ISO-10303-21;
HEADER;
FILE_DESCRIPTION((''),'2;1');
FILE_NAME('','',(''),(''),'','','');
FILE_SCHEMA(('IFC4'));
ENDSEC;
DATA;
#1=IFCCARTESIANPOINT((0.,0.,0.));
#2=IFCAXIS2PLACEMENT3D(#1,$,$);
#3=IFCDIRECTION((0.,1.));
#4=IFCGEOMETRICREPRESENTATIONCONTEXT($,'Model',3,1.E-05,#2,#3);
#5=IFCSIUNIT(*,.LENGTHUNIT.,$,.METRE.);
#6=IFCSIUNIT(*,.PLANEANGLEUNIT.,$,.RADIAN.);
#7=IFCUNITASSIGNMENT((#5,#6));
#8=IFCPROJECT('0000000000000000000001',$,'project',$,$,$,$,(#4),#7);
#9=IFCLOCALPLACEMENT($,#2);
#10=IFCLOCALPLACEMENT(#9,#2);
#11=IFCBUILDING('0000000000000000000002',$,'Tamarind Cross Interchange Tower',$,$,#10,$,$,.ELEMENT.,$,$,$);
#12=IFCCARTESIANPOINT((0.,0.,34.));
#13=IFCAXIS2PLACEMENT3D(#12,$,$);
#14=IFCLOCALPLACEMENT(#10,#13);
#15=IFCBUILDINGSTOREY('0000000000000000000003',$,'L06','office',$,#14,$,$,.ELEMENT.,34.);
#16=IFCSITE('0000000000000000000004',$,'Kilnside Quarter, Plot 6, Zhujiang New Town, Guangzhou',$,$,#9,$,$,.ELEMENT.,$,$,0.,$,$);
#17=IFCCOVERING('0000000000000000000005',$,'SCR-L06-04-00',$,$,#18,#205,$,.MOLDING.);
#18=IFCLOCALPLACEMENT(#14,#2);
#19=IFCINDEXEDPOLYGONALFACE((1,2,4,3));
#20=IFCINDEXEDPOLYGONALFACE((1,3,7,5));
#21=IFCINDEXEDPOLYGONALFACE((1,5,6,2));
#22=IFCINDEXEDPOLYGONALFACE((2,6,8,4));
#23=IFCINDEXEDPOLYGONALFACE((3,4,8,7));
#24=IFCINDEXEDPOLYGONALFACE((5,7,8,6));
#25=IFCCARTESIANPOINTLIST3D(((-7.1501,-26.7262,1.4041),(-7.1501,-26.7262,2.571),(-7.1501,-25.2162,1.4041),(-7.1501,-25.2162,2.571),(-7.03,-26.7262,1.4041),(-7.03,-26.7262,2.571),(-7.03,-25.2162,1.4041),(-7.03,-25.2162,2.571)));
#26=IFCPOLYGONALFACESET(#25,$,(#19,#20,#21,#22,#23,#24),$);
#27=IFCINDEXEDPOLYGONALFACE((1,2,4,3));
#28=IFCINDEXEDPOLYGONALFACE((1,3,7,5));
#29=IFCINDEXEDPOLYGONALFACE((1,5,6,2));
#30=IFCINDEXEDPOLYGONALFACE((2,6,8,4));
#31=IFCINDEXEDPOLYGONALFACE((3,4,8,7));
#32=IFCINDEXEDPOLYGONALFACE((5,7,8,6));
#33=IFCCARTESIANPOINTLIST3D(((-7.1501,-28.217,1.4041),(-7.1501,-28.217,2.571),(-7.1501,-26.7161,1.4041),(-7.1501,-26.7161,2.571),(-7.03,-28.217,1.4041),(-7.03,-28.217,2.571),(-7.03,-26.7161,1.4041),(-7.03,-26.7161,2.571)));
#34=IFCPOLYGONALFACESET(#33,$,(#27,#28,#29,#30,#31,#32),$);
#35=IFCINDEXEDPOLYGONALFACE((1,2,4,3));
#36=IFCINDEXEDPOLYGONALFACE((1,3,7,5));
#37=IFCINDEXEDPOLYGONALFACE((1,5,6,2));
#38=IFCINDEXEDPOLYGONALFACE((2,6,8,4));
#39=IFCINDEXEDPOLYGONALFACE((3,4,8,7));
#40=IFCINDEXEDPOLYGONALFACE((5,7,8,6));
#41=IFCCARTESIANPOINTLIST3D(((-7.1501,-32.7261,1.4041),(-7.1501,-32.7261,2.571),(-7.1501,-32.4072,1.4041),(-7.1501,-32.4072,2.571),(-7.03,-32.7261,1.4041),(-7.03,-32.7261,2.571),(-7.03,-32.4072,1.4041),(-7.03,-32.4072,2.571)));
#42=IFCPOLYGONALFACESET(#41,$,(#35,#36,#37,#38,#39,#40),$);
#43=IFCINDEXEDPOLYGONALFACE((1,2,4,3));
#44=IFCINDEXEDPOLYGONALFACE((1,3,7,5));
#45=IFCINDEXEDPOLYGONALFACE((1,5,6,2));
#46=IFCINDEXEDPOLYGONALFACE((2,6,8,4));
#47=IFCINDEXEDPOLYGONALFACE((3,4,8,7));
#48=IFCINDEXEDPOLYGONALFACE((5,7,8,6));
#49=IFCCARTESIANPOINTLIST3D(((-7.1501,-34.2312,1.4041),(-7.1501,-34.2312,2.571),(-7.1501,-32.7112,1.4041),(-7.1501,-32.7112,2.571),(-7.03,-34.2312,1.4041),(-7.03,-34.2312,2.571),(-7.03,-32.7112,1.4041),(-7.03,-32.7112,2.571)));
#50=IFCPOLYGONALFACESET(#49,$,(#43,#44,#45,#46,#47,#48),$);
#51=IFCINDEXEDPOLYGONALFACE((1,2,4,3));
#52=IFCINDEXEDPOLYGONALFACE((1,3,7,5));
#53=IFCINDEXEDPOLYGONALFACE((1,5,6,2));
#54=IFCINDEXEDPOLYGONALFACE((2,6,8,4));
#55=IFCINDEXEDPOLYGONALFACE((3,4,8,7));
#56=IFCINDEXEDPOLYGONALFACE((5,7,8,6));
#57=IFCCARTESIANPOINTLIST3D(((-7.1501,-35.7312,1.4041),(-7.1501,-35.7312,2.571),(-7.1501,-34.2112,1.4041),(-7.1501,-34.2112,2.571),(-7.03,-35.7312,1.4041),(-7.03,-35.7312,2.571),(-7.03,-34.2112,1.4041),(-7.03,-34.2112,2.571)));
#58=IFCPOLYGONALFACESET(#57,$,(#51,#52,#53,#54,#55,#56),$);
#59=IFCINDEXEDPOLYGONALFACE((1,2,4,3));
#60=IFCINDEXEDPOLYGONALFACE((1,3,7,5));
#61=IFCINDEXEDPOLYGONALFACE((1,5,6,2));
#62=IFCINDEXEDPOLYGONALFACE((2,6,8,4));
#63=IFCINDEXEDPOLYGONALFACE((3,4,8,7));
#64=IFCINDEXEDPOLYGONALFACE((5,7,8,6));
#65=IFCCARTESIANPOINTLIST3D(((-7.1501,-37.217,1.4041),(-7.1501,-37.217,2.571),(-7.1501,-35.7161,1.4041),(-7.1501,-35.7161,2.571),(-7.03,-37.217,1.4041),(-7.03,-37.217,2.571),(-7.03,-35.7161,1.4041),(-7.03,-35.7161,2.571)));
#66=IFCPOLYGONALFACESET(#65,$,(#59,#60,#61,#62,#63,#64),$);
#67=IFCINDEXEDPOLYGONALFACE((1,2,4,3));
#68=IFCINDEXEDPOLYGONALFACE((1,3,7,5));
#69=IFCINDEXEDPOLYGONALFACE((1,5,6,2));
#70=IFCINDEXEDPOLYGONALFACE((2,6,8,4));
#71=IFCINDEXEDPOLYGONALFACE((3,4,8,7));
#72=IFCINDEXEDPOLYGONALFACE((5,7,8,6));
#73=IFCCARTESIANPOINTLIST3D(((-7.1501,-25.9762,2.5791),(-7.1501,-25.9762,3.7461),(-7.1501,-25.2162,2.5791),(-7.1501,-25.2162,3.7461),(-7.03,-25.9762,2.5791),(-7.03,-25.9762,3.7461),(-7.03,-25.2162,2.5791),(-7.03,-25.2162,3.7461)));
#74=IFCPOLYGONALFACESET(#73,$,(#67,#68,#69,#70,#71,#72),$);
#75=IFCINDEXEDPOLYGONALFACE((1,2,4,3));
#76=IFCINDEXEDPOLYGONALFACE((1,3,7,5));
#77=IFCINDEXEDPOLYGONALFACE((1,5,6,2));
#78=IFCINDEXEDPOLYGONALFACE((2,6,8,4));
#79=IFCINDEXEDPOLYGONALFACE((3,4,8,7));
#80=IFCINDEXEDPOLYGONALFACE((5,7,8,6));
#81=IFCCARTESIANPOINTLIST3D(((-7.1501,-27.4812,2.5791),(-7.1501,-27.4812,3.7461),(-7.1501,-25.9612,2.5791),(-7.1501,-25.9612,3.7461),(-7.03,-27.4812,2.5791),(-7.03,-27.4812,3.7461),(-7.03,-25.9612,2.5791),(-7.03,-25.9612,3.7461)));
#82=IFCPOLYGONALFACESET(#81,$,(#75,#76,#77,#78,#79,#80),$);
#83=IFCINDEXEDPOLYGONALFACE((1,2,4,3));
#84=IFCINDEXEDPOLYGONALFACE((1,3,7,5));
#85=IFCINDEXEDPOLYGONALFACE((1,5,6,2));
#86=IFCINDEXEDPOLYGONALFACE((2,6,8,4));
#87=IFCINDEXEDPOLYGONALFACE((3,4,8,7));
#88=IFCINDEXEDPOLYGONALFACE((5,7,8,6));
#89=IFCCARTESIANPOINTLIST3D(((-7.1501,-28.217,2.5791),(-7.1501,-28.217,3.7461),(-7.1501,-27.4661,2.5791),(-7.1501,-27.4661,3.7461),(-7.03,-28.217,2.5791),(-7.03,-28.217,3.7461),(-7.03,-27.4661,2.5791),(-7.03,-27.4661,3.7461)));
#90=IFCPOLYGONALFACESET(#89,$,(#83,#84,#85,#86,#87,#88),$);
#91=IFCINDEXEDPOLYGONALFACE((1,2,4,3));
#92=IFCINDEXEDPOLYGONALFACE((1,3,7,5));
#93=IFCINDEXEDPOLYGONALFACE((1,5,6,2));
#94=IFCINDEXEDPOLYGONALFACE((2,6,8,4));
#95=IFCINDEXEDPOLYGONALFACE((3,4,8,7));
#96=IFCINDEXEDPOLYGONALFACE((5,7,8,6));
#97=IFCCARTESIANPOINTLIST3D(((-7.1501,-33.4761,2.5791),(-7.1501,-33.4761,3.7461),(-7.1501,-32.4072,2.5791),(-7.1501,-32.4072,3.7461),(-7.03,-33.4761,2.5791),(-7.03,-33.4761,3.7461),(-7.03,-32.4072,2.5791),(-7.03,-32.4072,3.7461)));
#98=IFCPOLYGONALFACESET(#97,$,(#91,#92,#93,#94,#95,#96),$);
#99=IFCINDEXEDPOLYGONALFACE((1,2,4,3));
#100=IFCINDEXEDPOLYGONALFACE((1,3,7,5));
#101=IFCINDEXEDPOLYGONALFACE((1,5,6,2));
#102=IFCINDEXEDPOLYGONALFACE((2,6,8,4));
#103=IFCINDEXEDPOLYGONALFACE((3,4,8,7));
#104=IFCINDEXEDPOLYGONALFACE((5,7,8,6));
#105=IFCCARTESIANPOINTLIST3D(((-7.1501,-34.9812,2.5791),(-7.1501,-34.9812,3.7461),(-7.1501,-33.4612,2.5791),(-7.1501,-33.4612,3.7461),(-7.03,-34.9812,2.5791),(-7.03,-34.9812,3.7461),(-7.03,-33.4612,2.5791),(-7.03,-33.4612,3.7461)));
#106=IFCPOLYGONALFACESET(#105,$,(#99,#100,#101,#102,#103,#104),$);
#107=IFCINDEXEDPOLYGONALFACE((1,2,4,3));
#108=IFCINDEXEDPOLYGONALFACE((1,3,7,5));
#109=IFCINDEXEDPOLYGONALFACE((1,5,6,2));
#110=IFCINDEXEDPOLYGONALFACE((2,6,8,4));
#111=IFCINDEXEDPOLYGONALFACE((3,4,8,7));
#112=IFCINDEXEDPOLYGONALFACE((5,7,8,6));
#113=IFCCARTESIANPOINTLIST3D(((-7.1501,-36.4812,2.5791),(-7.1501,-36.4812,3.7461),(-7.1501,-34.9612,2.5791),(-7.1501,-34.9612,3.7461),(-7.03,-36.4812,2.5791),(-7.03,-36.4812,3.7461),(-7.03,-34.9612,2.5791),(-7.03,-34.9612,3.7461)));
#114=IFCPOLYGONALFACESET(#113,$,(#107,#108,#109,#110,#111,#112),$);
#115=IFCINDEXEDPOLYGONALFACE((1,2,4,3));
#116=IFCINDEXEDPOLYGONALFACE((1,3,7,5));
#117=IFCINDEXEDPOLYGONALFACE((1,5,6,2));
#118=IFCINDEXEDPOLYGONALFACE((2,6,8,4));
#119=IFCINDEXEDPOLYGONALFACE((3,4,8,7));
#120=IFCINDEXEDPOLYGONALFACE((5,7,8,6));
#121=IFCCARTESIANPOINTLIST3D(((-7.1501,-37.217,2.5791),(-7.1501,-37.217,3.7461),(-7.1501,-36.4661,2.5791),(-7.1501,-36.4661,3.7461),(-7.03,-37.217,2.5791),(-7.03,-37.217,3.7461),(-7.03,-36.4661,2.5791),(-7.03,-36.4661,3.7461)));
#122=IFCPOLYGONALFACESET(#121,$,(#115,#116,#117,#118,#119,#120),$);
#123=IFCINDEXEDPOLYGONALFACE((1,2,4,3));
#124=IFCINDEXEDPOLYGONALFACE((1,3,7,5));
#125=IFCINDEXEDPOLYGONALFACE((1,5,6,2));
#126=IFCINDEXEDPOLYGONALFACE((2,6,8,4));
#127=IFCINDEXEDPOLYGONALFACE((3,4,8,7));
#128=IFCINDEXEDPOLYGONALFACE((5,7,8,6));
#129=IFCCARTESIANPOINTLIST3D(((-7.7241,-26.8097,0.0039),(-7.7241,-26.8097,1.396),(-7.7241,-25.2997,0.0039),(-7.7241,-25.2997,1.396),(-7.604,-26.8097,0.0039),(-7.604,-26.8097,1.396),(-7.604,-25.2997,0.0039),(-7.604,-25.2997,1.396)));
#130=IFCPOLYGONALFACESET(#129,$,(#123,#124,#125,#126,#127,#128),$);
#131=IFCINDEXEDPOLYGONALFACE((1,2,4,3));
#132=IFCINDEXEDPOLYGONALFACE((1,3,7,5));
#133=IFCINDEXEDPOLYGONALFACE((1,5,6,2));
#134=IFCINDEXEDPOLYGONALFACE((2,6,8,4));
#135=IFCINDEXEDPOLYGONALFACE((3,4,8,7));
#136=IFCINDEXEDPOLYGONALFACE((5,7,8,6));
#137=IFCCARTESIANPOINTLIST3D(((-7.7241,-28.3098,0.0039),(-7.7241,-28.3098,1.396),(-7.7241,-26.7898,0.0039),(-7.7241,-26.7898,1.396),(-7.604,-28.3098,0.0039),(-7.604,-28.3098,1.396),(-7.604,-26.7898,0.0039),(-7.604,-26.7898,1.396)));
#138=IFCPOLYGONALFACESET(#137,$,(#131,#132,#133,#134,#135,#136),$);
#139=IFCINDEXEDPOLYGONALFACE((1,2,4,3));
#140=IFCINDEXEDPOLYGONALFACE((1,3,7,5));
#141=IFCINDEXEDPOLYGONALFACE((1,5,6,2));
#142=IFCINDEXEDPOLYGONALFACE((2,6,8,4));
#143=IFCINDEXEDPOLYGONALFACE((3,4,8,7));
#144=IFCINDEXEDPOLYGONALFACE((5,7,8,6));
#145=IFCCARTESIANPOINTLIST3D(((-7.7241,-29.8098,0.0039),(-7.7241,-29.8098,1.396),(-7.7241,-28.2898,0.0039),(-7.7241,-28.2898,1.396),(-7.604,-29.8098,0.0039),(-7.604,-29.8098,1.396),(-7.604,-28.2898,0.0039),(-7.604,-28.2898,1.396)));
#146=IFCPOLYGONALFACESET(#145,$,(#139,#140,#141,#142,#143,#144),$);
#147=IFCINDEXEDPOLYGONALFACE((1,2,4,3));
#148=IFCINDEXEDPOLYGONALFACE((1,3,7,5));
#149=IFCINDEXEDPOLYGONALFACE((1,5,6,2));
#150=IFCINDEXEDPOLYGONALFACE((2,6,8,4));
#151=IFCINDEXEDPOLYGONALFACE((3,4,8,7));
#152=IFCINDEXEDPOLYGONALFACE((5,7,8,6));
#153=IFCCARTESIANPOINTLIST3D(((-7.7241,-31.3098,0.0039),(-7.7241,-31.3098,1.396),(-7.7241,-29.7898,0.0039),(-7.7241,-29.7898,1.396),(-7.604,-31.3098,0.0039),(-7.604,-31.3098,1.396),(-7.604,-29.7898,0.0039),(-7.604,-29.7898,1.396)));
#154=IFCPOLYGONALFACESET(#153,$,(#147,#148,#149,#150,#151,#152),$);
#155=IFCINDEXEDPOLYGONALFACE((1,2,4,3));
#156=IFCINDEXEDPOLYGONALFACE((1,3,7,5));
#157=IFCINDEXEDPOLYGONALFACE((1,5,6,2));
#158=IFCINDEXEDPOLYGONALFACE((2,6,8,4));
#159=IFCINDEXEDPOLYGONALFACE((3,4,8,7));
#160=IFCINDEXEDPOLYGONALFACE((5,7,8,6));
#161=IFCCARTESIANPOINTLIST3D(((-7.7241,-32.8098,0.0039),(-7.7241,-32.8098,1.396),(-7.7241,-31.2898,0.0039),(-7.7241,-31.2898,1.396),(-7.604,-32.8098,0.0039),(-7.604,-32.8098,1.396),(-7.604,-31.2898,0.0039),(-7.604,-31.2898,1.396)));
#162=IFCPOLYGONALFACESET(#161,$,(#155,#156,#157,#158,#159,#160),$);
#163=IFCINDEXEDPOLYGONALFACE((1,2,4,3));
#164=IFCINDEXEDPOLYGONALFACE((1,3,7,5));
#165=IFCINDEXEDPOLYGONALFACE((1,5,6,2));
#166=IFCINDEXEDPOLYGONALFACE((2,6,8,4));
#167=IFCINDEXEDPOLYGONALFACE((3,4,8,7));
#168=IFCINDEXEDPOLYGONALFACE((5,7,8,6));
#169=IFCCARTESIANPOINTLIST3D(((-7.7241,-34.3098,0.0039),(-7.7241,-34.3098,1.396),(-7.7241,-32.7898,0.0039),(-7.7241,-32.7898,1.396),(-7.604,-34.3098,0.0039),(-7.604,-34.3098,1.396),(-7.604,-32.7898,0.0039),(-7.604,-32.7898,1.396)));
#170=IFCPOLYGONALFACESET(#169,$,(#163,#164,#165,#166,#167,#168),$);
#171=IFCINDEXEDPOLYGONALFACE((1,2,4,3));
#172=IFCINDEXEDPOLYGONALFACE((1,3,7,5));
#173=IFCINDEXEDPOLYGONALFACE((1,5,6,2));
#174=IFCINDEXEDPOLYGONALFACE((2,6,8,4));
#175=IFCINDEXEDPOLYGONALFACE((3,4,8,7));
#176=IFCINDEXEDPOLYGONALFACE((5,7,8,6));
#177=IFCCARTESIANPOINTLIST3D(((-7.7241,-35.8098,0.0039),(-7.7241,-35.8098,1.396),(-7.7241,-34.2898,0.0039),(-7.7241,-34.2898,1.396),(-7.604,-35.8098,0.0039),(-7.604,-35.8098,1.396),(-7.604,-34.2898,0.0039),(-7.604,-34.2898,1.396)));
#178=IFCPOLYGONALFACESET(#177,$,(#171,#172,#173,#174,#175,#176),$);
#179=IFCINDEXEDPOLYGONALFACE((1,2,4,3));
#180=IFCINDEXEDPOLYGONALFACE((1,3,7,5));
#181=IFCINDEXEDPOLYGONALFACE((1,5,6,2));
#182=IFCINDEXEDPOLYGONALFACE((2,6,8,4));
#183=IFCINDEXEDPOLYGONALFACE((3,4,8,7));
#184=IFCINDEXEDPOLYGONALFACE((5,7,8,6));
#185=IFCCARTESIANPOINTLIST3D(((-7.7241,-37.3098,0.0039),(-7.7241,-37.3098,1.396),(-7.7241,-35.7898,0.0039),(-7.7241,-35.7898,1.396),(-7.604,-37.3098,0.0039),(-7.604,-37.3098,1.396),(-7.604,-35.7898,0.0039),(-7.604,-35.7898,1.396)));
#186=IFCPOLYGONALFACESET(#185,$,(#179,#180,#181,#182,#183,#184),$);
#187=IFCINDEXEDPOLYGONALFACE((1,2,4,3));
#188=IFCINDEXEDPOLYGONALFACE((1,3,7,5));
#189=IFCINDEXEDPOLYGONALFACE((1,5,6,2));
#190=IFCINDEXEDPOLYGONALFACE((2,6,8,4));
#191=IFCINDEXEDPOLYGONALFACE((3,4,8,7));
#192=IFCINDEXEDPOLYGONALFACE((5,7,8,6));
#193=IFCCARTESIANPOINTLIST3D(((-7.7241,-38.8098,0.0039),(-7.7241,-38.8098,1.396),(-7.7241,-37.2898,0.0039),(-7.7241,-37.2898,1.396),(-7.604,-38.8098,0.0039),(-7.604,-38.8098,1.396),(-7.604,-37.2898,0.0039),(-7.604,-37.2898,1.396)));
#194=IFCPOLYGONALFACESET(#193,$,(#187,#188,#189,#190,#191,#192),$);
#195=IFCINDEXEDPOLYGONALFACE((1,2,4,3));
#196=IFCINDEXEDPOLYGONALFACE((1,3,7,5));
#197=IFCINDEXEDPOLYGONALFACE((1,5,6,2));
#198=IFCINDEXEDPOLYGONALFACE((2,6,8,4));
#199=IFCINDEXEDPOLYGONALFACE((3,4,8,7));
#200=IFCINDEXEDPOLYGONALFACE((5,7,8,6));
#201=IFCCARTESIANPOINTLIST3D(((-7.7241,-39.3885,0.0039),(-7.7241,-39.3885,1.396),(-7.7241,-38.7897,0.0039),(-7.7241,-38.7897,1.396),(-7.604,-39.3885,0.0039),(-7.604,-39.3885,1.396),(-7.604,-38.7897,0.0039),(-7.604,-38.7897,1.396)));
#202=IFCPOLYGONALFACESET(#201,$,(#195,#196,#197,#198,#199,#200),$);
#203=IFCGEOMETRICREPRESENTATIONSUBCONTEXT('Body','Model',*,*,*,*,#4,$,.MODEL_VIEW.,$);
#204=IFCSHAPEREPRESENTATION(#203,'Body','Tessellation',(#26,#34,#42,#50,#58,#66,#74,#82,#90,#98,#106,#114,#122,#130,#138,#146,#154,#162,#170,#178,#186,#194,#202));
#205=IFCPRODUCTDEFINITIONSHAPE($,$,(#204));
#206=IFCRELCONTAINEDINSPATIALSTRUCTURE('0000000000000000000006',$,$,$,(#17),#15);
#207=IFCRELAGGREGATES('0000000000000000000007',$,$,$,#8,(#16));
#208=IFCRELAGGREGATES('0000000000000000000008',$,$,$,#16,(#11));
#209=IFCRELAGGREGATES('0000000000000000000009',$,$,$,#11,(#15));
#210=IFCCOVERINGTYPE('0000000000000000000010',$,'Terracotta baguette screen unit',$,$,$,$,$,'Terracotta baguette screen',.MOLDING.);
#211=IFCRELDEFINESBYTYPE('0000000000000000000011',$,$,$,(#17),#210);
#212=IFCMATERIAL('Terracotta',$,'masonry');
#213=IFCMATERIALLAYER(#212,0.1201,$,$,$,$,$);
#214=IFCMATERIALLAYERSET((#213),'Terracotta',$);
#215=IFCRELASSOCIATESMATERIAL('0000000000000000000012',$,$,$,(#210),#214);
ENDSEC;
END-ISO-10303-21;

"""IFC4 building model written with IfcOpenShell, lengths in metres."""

from ifc_helpers import new_model, si_unit, direction, frame, origin, origin_2d, place, context, subcontext, project, spatial, rectangle, extrude, material, layer, layer_set, type_object, element, save


model = new_model("IFC4")

# Units and contexts
model_context = context("Model", 3, precision=1e-05, world=origin(), true_north=direction((0.0, 1.0)))
body_context = subcontext(model_context, "Body", "Model", "MODEL_VIEW")
ifc_project = project(units=[si_unit("LENGTHUNIT", "METRE"), si_unit("PLANEANGLEUNIT", "RADIAN")], contexts=[model_context])

# Site, building, storey
site_placement = place(None, origin())
site = spatial("IfcSite", under=ifc_project, at=site_placement, Name="Kilnside Quarter, Plot 6, Zhujiang New Town, Guangzhou", CompositionType="ELEMENT", RefElevation=0.0)
building_placement = place(site_placement, origin())
building = spatial("IfcBuilding", under=site, at=building_placement, Name="Tamarind Cross Interchange Tower", CompositionType="ELEMENT")
storey_placement = place(building_placement, frame((0.0, 0.0, 34.0)))
storey = spatial("IfcBuildingStorey", under=building, at=storey_placement, Name="L06", Description="office", CompositionType="ELEMENT", Elevation=34.0)

# Covering
ifc_material_1 = material(Name="Terracotta", Category="masonry")
ifc_layer_1 = layer(ifc_material_1, 0.1201)
ifc_layer_set_1 = layer_set([ifc_layer_1], Name="Terracotta")
covering_type = type_object("IfcCoveringType", Name="Terracotta baguette screen unit", ElementType="Terracotta baguette screen", PredefinedType="MOLDING", material=ifc_layer_set_1)
covering_1_placement = place(storey_placement, origin())
element("IfcCovering", 1, at=covering_1_placement, inside=storey, type_object=covering_type, Name="SCR-L06-04-00", PredefinedType="MOLDING", context=body_context, shape_type="SweptSolid", body=[
    extrude(rectangle(XDim=1.51, YDim=0.1201, at=origin_2d()), frame((-7.0901, -25.9712, 1.4041), z_axis=(0.0, 0.0, 1.0), x_axis=(0.0, -1.0, 0.0)), (0.0, 0.0, 1.0), 1.167),
    extrude(rectangle(XDim=1.501, YDim=0.1201, at=origin_2d()), frame((-7.0901, -27.4666, 1.4041), z_axis=(0.0, 0.0, 1.0), x_axis=(0.0, -1.0, 0.0)), (0.0, 0.0, 1.0), 1.167),
    extrude(rectangle(XDim=0.3188, YDim=0.1201, at=origin_2d()), frame((-7.0901, -32.5667, 1.4041), z_axis=(0.0, 0.0, 1.0), x_axis=(0.0, -1.0, 0.0)), (0.0, 0.0, 1.0), 1.167),
    extrude(rectangle(XDim=1.52, YDim=0.1201, at=origin_2d()), frame((-7.0901, -33.4712, 1.4041), z_axis=(0.0, 0.0, 1.0), x_axis=(0.0, -1.0, 0.0)), (0.0, 0.0, 1.0), 1.167),
    extrude(rectangle(XDim=1.52, YDim=0.1201, at=origin_2d()), frame((-7.0901, -34.9712, 1.4041), z_axis=(0.0, 0.0, 1.0), x_axis=(0.0, -1.0, 0.0)), (0.0, 0.0, 1.0), 1.167),
    extrude(rectangle(XDim=1.501, YDim=0.1201, at=origin_2d()), frame((-7.0901, -36.4666, 1.4041), z_axis=(0.0, 0.0, 1.0), x_axis=(0.0, -1.0, 0.0)), (0.0, 0.0, 1.0), 1.167),
    extrude(rectangle(XDim=0.76, YDim=0.1201, at=origin_2d()), frame((-7.0901, -25.5962, 2.5791), z_axis=(0.0, 0.0, 1.0), x_axis=(0.0, -1.0, 0.0)), (0.0, 0.0, 1.0), 1.167),
    extrude(rectangle(XDim=1.52, YDim=0.1201, at=origin_2d()), frame((-7.0901, -26.7212, 2.5791), z_axis=(0.0, 0.0, 1.0), x_axis=(0.0, -1.0, 0.0)), (0.0, 0.0, 1.0), 1.167),
    extrude(rectangle(XDim=0.751, YDim=0.1201, at=origin_2d()), frame((-7.0901, -27.8416, 2.5791), z_axis=(0.0, 0.0, 1.0), x_axis=(0.0, -1.0, 0.0)), (0.0, 0.0, 1.0), 1.167),
    extrude(rectangle(XDim=1.0688, YDim=0.1201, at=origin_2d()), frame((-7.0901, -32.9417, 2.5791), z_axis=(0.0, 0.0, 1.0), x_axis=(0.0, -1.0, 0.0)), (0.0, 0.0, 1.0), 1.167),
    extrude(rectangle(XDim=1.52, YDim=0.1201, at=origin_2d()), frame((-7.0901, -34.2212, 2.5791), z_axis=(0.0, 0.0, 1.0), x_axis=(0.0, -1.0, 0.0)), (0.0, 0.0, 1.0), 1.167),
    extrude(rectangle(XDim=1.52, YDim=0.1201, at=origin_2d()), frame((-7.0901, -35.7212, 2.5791), z_axis=(0.0, 0.0, 1.0), x_axis=(0.0, -1.0, 0.0)), (0.0, 0.0, 1.0), 1.167),
    extrude(rectangle(XDim=0.751, YDim=0.1201, at=origin_2d()), frame((-7.0901, -36.8416, 2.5791), z_axis=(0.0, 0.0, 1.0), x_axis=(0.0, -1.0, 0.0)), (0.0, 0.0, 1.0), 1.167),
    extrude(rectangle(XDim=1.51, YDim=0.1201, at=origin_2d()), frame((-7.6641, -26.0547, 0.0039), z_axis=(0.0, 0.0, 1.0), x_axis=(0.0, -1.0, 0.0)), (0.0, 0.0, 1.0), 1.3921),
    extrude(rectangle(XDim=1.52, YDim=0.1201, at=origin_2d()), frame((-7.6641, -27.5498, 0.0039), z_axis=(0.0, 0.0, 1.0), x_axis=(0.0, -1.0, 0.0)), (0.0, 0.0, 1.0), 1.3921),
    extrude(rectangle(XDim=1.52, YDim=0.1201, at=origin_2d()), frame((-7.6641, -29.0498, 0.0039), z_axis=(0.0, 0.0, 1.0), x_axis=(0.0, -1.0, 0.0)), (0.0, 0.0, 1.0), 1.3921),
    extrude(rectangle(XDim=1.52, YDim=0.1201, at=origin_2d()), frame((-7.6641, -30.5498, 0.0039), z_axis=(0.0, 0.0, 1.0), x_axis=(0.0, -1.0, 0.0)), (0.0, 0.0, 1.0), 1.3921),
    extrude(rectangle(XDim=1.52, YDim=0.1201, at=origin_2d()), frame((-7.6641, -32.0498, 0.0039), z_axis=(0.0, 0.0, 1.0), x_axis=(0.0, -1.0, 0.0)), (0.0, 0.0, 1.0), 1.3921),
    extrude(rectangle(XDim=1.52, YDim=0.1201, at=origin_2d()), frame((-7.6641, -33.5498, 0.0039), z_axis=(0.0, 0.0, 1.0), x_axis=(0.0, -1.0, 0.0)), (0.0, 0.0, 1.0), 1.3921),
    extrude(rectangle(XDim=1.52, YDim=0.1201, at=origin_2d()), frame((-7.6641, -35.0498, 0.0039), z_axis=(0.0, 0.0, 1.0), x_axis=(0.0, -1.0, 0.0)), (0.0, 0.0, 1.0), 1.3921),
    extrude(rectangle(XDim=1.52, YDim=0.1201, at=origin_2d()), frame((-7.6641, -36.5498, 0.0039), z_axis=(0.0, 0.0, 1.0), x_axis=(0.0, -1.0, 0.0)), (0.0, 0.0, 1.0), 1.3921),
    extrude(rectangle(XDim=1.52, YDim=0.1201, at=origin_2d()), frame((-7.6641, -38.0498, 0.0039), z_axis=(0.0, 0.0, 1.0), x_axis=(0.0, -1.0, 0.0)), (0.0, 0.0, 1.0), 1.3921),
    extrude(rectangle(XDim=0.5989, YDim=0.1201, at=origin_2d()), frame((-7.6641, -39.0891, 0.0039), z_axis=(0.0, 0.0, 1.0), x_axis=(0.0, -1.0, 0.0)), (0.0, 0.0, 1.0), 1.3921),
])

save(model, "model.ifc")
